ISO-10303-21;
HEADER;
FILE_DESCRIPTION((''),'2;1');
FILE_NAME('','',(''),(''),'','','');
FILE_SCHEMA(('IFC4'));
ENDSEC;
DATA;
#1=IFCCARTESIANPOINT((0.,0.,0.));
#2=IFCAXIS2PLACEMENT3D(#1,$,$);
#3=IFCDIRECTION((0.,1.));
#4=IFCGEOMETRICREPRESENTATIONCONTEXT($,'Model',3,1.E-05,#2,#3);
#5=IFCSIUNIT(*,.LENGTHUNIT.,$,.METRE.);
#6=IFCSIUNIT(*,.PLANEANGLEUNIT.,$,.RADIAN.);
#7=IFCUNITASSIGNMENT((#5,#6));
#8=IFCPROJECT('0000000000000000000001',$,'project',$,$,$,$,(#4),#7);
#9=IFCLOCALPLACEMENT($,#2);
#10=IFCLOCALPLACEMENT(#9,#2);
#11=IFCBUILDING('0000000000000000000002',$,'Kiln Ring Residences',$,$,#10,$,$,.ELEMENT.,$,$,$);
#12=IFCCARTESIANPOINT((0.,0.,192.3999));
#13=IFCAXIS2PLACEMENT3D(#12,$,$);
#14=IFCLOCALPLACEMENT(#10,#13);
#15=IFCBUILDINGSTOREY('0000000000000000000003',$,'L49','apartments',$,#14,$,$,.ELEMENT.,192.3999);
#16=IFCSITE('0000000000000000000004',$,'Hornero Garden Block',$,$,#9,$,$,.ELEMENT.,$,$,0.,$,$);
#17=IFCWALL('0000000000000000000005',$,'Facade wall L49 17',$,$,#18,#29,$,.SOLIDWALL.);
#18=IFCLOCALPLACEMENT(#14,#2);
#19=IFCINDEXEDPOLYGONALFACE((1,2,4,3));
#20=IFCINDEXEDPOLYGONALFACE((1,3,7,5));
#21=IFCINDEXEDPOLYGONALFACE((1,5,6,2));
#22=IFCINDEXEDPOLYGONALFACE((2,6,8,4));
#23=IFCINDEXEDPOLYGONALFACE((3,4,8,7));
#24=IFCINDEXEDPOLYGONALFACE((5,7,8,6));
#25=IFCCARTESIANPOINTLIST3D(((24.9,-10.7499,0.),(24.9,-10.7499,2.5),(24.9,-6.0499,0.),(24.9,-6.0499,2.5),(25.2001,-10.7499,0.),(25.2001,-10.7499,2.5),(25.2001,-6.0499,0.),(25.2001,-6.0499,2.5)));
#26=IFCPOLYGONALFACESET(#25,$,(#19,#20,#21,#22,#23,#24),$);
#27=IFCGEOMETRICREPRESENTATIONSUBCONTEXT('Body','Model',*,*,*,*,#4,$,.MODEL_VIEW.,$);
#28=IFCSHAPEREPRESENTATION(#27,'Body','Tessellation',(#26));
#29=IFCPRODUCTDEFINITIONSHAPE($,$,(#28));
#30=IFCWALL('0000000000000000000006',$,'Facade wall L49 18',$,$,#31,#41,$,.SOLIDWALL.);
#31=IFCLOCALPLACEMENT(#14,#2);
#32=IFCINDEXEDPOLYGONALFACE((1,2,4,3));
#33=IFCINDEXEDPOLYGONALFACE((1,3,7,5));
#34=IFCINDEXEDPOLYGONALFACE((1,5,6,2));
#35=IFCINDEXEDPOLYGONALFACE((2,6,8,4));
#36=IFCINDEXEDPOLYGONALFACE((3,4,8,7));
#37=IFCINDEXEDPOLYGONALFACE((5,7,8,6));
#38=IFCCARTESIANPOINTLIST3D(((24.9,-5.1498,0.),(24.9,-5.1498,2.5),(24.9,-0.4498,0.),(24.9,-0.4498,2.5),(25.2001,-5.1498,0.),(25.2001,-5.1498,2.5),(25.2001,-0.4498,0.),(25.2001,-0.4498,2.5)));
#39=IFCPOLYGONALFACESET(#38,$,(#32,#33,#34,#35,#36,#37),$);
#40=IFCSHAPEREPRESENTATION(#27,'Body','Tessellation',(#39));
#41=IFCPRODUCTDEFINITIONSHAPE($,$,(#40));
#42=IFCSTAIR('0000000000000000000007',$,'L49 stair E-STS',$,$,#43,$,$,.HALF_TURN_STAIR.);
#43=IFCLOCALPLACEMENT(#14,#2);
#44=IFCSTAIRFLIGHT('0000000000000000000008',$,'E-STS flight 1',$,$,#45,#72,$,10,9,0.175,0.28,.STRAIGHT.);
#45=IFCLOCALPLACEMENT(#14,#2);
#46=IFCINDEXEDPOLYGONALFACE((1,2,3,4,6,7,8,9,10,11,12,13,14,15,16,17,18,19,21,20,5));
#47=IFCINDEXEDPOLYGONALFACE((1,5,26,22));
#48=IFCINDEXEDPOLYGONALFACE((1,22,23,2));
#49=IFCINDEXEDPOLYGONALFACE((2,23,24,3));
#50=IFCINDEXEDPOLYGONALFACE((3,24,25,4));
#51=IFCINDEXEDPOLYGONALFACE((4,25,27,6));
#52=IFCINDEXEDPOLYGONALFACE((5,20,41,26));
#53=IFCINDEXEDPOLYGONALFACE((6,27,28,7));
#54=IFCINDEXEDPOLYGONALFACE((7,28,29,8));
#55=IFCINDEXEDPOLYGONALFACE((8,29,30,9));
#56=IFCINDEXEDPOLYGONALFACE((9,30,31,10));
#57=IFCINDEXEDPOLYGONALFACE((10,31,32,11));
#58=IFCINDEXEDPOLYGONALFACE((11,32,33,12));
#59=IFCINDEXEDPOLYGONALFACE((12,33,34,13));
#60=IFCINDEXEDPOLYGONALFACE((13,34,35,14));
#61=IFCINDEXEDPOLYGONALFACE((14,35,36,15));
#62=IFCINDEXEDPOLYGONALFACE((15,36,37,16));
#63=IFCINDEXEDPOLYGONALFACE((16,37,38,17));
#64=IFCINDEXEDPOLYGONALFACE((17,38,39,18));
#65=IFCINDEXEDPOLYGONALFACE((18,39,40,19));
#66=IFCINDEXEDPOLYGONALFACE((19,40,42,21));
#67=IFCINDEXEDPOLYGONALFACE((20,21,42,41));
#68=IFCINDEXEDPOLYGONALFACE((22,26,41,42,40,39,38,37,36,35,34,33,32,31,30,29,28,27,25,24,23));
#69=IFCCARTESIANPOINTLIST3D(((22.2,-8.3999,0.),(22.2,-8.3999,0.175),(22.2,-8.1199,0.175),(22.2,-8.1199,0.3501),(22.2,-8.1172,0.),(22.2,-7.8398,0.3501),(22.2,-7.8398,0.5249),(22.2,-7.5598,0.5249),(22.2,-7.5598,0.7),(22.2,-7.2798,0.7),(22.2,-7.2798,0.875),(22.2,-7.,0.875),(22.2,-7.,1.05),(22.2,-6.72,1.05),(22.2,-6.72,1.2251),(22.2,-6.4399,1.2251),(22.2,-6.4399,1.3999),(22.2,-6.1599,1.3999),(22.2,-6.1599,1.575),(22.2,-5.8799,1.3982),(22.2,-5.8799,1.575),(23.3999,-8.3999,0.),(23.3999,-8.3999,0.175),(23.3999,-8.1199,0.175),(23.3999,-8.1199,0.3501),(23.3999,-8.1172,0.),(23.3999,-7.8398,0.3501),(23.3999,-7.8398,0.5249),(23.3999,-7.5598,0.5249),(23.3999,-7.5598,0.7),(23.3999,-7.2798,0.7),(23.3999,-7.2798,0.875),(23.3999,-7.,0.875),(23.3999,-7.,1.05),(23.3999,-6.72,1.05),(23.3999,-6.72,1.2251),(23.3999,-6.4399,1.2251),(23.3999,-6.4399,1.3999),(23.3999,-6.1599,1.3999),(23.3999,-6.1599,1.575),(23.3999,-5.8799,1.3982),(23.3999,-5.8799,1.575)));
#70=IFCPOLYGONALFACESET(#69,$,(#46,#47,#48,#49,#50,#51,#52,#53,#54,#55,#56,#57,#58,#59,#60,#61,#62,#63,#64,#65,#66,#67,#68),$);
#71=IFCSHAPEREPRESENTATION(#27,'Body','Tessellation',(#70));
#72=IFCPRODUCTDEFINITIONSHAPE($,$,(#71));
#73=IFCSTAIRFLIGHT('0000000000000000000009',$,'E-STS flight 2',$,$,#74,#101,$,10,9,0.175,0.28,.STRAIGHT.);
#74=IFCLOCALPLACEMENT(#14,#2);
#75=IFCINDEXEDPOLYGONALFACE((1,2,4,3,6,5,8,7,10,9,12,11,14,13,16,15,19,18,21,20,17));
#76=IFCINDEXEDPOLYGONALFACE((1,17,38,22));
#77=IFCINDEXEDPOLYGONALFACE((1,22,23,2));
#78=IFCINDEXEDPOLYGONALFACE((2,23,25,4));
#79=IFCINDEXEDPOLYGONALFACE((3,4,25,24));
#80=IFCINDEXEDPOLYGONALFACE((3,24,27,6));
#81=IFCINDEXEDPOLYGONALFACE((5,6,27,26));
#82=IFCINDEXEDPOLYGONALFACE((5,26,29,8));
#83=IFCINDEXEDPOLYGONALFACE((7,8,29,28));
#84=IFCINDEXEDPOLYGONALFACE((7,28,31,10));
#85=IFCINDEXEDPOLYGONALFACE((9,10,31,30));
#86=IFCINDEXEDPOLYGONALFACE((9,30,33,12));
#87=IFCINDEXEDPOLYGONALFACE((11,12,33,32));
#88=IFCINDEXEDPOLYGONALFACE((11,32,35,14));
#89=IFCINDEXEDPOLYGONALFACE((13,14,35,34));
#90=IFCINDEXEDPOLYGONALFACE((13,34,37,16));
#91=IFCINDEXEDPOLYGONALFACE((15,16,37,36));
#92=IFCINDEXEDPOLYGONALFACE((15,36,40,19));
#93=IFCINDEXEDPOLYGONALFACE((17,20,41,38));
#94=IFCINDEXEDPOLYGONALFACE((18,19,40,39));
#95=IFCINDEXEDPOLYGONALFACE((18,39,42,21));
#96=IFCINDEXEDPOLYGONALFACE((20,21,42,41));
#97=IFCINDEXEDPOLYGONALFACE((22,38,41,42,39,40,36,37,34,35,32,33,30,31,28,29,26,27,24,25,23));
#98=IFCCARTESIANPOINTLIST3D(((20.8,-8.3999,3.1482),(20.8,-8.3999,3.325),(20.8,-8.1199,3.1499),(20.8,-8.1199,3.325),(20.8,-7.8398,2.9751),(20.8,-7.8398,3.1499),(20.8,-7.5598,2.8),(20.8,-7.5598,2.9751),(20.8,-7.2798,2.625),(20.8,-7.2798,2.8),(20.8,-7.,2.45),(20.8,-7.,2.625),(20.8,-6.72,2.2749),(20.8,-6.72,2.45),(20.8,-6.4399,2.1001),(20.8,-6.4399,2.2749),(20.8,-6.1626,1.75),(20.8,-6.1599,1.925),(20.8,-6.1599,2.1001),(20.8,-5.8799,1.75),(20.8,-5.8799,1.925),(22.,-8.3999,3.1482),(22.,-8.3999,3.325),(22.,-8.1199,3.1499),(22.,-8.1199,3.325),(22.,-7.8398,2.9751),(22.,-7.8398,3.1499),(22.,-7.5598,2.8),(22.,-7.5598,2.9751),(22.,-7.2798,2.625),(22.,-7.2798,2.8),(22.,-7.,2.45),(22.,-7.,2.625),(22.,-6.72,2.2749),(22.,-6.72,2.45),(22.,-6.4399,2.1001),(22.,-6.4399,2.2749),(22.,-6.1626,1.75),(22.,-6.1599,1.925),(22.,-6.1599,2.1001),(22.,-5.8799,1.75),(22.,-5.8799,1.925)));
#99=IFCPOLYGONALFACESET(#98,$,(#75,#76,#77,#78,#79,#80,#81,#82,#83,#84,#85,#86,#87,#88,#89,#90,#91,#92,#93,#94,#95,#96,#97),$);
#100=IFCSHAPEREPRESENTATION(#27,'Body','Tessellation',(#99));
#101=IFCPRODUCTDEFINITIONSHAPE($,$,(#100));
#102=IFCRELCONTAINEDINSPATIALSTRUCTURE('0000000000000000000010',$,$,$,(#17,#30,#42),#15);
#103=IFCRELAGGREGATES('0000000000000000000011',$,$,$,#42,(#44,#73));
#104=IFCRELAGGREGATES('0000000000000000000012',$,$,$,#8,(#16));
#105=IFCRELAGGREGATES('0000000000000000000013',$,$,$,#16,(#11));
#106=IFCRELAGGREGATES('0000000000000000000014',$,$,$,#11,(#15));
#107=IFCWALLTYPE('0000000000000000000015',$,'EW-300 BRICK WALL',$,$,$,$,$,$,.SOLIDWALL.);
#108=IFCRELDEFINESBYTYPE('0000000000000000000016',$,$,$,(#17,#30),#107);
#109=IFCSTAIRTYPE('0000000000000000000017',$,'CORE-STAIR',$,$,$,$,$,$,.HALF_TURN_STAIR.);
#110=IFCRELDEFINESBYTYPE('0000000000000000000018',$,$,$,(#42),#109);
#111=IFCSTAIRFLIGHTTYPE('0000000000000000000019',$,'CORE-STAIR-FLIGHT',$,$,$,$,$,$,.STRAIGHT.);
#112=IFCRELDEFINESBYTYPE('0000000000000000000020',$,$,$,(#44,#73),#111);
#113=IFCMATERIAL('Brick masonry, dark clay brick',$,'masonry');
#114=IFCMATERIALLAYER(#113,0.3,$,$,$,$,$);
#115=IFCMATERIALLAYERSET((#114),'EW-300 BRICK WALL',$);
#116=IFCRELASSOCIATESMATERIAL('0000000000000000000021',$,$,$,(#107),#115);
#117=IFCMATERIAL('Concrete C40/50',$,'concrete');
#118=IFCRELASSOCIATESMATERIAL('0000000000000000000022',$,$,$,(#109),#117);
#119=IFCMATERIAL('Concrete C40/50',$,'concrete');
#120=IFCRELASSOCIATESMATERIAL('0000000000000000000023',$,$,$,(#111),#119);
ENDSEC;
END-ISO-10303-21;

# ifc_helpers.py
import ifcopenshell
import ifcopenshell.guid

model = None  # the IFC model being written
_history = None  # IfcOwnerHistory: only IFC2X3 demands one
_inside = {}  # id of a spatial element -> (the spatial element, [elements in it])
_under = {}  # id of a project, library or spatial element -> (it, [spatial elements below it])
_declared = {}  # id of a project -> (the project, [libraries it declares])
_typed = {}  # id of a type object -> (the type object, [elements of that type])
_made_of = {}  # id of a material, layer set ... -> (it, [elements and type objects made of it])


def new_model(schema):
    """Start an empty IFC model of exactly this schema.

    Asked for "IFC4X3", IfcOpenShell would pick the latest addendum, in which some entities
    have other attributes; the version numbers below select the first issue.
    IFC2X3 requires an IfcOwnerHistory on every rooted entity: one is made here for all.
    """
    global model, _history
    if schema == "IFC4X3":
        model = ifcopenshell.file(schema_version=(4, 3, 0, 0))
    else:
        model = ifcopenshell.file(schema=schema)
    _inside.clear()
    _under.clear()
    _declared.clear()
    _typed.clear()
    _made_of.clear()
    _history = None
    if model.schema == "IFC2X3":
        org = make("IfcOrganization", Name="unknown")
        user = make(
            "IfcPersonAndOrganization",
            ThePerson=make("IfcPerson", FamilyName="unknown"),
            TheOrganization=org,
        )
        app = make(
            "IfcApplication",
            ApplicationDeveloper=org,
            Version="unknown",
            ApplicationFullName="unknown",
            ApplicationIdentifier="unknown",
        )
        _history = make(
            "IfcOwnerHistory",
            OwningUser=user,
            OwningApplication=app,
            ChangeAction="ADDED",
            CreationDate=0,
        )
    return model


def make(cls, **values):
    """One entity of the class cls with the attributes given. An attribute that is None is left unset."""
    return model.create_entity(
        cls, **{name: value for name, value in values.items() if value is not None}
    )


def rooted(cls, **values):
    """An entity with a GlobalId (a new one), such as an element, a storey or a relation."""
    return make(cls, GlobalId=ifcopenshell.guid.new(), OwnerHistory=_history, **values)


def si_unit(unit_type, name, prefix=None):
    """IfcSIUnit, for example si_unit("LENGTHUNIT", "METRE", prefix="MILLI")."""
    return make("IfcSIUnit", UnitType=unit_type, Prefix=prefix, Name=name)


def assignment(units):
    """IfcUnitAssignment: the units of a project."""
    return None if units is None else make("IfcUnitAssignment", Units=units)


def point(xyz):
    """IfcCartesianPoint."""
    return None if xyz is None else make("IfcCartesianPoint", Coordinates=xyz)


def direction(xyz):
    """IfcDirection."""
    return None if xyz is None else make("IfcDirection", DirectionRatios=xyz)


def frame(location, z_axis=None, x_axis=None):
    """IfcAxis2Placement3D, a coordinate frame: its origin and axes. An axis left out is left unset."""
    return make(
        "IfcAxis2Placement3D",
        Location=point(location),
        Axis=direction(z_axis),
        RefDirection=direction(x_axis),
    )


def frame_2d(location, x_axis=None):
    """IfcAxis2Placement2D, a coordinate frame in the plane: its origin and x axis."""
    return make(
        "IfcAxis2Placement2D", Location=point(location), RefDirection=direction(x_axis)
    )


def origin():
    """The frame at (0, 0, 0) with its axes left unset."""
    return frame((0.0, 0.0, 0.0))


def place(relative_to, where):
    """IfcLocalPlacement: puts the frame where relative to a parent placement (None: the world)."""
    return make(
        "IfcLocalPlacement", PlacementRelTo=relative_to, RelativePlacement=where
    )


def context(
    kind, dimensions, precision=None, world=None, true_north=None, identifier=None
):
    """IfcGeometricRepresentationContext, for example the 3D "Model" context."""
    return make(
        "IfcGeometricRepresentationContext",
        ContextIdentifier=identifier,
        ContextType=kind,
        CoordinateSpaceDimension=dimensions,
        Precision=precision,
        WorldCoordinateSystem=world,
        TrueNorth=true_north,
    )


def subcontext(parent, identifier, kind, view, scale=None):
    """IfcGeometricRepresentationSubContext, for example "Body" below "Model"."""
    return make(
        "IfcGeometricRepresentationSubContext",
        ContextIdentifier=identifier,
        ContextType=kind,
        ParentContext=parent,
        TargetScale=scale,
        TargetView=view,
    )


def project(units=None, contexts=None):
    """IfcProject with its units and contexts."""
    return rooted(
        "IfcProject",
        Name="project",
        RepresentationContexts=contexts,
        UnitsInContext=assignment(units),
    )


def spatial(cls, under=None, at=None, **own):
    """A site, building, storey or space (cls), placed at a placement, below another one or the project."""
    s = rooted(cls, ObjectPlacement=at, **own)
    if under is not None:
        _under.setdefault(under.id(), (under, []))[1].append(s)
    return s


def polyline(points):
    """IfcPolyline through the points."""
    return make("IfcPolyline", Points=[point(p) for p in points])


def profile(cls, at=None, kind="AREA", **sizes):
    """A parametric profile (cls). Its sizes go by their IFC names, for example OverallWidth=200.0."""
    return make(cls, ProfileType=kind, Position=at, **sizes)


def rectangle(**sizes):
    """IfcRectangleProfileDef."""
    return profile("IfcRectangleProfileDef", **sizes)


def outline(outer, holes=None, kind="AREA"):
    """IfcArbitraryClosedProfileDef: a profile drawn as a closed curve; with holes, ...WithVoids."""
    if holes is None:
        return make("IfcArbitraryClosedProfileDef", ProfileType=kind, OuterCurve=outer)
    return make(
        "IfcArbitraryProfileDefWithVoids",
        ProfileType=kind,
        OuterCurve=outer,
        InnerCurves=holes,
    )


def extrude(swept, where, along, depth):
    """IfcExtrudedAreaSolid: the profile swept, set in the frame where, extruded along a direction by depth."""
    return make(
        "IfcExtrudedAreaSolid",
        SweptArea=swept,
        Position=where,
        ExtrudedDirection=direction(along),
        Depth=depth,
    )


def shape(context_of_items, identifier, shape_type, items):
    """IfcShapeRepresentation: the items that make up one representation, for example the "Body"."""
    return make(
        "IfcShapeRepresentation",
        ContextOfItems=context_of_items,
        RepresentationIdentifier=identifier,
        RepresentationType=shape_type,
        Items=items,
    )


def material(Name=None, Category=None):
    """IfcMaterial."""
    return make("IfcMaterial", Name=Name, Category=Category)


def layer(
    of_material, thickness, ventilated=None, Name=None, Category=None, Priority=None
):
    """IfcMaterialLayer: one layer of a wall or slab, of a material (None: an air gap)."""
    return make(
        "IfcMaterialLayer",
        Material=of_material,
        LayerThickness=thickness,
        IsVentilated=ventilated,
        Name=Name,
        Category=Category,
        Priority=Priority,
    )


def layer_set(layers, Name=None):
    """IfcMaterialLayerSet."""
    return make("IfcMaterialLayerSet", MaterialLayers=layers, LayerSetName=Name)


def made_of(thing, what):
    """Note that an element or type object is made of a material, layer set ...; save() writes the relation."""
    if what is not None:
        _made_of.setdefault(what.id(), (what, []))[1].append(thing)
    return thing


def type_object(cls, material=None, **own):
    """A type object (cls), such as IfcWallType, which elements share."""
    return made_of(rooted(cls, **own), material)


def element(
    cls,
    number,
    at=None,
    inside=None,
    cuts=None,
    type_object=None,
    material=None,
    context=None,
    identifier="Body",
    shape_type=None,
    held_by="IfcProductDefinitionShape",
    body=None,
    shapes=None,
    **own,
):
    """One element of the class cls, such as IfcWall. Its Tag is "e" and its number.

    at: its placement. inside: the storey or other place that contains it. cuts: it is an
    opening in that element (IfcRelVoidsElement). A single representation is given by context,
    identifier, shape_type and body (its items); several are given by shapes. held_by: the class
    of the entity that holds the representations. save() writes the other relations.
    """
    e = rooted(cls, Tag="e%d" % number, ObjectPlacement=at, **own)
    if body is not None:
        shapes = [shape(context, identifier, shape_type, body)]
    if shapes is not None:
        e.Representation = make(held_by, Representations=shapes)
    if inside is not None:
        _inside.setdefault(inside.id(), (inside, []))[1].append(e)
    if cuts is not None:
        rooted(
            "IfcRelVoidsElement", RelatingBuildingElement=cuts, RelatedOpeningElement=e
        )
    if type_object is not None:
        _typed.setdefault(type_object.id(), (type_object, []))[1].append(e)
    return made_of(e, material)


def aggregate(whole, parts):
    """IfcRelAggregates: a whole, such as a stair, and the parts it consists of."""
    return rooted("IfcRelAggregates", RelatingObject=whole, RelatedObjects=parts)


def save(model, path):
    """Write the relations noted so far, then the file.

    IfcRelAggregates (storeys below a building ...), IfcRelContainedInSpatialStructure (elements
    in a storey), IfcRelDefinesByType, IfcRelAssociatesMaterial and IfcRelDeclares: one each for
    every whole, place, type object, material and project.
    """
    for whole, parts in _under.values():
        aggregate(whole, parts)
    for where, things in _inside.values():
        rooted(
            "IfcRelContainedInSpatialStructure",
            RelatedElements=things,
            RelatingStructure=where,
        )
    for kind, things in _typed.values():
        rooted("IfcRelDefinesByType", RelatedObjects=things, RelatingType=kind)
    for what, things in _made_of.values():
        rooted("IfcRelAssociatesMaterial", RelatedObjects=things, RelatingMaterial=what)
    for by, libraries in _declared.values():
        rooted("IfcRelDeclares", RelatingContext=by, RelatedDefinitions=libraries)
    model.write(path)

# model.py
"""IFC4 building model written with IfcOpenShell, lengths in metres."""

from ifc_helpers import new_model, si_unit, direction, frame, frame_2d, origin, place, context, subcontext, project, spatial, polyline, rectangle, outline, extrude, material, layer, layer_set, type_object, element, aggregate, save


model = new_model("IFC4")

# Units and contexts
model_context = context("Model", 3, precision=1e-05, world=origin(), true_north=direction((0.0, 1.0)))
body_context = subcontext(model_context, "Body", "Model", "MODEL_VIEW")
ifc_project = project(units=[si_unit("LENGTHUNIT", "METRE"), si_unit("PLANEANGLEUNIT", "RADIAN")], contexts=[model_context])

# Site, building, storey
site_placement = place(None, origin())
site = spatial("IfcSite", under=ifc_project, at=site_placement, Name="Hornero Garden Block", CompositionType="ELEMENT", RefElevation=0.0)
building_placement = place(site_placement, origin())
building = spatial("IfcBuilding", under=site, at=building_placement, Name="Kiln Ring Residences", CompositionType="ELEMENT")
storey_placement = place(building_placement, frame((0.0, 0.0, 192.3999)))
storey = spatial("IfcBuildingStorey", under=building, at=storey_placement, Name="L49", Description="apartments", CompositionType="ELEMENT", Elevation=192.3999)

# Walls
ifc_material_1 = material(Name="Brick masonry, dark clay brick", Category="masonry")
ifc_layer_1 = layer(ifc_material_1, 0.3)
ifc_layer_set_1 = layer_set([ifc_layer_1], Name="EW-300 BRICK WALL")
wall_type_1 = type_object("IfcWallType", Name="EW-300 BRICK WALL", PredefinedType="SOLIDWALL", material=ifc_layer_set_1)
for number, where, z_axis, x_axis, name in (
    (1, (25.05, -10.75, 0.0), (0.0, 0.0, 1.0), (0.0, 1.0, 0.0), "Facade wall L49 17"),
    (2, (25.05, -5.1499, 0.0), (0.0, 0.0, 1.0), (0.0, 1.0, 0.0), "Facade wall L49 18"),
):
    element("IfcWall", number, at=place(storey_placement, frame(where, z_axis=z_axis, x_axis=x_axis)), inside=storey, type_object=wall_type_1, Name=name, PredefinedType="SOLIDWALL", context=body_context, shape_type="SweptSolid", body=[
        extrude(rectangle(XDim=4.7, YDim=0.3, at=frame_2d((2.3501, 0.0))), origin(), (0.0, 0.0, 1.0), 2.5),
    ])

# Stair, stair flights
ifc_material_2 = material(Name="Concrete C40/50", Category="concrete")
stair_type = type_object("IfcStairType", Name="CORE-STAIR", PredefinedType="HALF_TURN_STAIR", material=ifc_material_2)
stair_placement = place(storey_placement, origin())
stair = element("IfcStair", 3, at=stair_placement, inside=storey, type_object=stair_type, Name="L49 stair E-STS", PredefinedType="HALF_TURN_STAIR")
ifc_material_3 = material(Name="Concrete C40/50", Category="concrete")
stair_flight_type = type_object("IfcStairFlightType", Name="CORE-STAIR-FLIGHT", PredefinedType="STRAIGHT", material=ifc_material_3)
stair_flight_1_placement = place(storey_placement, frame((22.8, -8.3999, 0.0), z_axis=(0.0, 0.0, 1.0), x_axis=(0.0, 1.0, 0.0)))
stair_flight_1 = element("IfcStairFlight", 4, at=stair_flight_1_placement, type_object=stair_flight_type, Name="E-STS flight 1", NumberOfRisers=10, NumberOfTreads=9, PredefinedType="STRAIGHT", RiserHeight=0.175, TreadLength=0.28, context=body_context, shape_type="SweptSolid", body=[
    extrude(outline(polyline([(0.0, 0.0), (0.0, 0.175), (0.28, 0.175), (0.28, 0.3501), (0.5601, 0.3501), (0.5601, 0.5249), (0.8401, 0.5249), (0.8401, 0.7), (1.1201, 0.7), (1.1201, 0.875), (1.3999, 0.875), (1.3999, 1.05), (1.6799, 1.05), (1.6799, 1.2251), (1.96, 1.2251), (1.96, 1.3999), (2.24, 1.3999), (2.24, 1.575), (2.52, 1.575), (2.52, 1.75), (2.52, 1.3982), (0.2827, 0.0), (0.0, 0.0)])), frame((0.0, 0.6001, 0.0), z_axis=(0.0, -1.0, 0.0), x_axis=(1.0, 0.0, 0.0)), (0.0, 0.0, 1.0), 1.2),
])
stair_flight_2_placement = place(storey_placement, frame((21.3999, -5.8799, 1.75), z_axis=(0.0, 0.0, 1.0), x_axis=(0.0, -1.0, 0.0)))
stair_flight_2 = element("IfcStairFlight", 5, at=stair_flight_2_placement, type_object=stair_flight_type, Name="E-STS flight 2", NumberOfRisers=10, NumberOfTreads=9, PredefinedType="STRAIGHT", RiserHeight=0.175, TreadLength=0.28, context=body_context, shape_type="SweptSolid", body=[
    extrude(outline(polyline([(0.0, 0.0), (0.0, 0.175), (0.28, 0.175), (0.28, 0.3501), (0.5601, 0.3501), (0.5601, 0.5249), (0.8401, 0.5249), (0.8401, 0.7), (1.1201, 0.7), (1.1201, 0.875), (1.3999, 0.875), (1.3999, 1.05), (1.6799, 1.05), (1.6799, 1.2251), (1.96, 1.2251), (1.96, 1.3999), (2.24, 1.3999), (2.24, 1.575), (2.52, 1.575), (2.52, 1.75), (2.52, 1.3982), (0.2827, 0.0), (0.0, 0.0)])), frame((0.0, 0.6001, 0.0), z_axis=(0.0, -1.0, 0.0), x_axis=(1.0, 0.0, 0.0)), (0.0, 0.0, 1.0), 1.2),
])
aggregate(stair, [stair_flight_1, stair_flight_2])

save(model, "model.ifc")
